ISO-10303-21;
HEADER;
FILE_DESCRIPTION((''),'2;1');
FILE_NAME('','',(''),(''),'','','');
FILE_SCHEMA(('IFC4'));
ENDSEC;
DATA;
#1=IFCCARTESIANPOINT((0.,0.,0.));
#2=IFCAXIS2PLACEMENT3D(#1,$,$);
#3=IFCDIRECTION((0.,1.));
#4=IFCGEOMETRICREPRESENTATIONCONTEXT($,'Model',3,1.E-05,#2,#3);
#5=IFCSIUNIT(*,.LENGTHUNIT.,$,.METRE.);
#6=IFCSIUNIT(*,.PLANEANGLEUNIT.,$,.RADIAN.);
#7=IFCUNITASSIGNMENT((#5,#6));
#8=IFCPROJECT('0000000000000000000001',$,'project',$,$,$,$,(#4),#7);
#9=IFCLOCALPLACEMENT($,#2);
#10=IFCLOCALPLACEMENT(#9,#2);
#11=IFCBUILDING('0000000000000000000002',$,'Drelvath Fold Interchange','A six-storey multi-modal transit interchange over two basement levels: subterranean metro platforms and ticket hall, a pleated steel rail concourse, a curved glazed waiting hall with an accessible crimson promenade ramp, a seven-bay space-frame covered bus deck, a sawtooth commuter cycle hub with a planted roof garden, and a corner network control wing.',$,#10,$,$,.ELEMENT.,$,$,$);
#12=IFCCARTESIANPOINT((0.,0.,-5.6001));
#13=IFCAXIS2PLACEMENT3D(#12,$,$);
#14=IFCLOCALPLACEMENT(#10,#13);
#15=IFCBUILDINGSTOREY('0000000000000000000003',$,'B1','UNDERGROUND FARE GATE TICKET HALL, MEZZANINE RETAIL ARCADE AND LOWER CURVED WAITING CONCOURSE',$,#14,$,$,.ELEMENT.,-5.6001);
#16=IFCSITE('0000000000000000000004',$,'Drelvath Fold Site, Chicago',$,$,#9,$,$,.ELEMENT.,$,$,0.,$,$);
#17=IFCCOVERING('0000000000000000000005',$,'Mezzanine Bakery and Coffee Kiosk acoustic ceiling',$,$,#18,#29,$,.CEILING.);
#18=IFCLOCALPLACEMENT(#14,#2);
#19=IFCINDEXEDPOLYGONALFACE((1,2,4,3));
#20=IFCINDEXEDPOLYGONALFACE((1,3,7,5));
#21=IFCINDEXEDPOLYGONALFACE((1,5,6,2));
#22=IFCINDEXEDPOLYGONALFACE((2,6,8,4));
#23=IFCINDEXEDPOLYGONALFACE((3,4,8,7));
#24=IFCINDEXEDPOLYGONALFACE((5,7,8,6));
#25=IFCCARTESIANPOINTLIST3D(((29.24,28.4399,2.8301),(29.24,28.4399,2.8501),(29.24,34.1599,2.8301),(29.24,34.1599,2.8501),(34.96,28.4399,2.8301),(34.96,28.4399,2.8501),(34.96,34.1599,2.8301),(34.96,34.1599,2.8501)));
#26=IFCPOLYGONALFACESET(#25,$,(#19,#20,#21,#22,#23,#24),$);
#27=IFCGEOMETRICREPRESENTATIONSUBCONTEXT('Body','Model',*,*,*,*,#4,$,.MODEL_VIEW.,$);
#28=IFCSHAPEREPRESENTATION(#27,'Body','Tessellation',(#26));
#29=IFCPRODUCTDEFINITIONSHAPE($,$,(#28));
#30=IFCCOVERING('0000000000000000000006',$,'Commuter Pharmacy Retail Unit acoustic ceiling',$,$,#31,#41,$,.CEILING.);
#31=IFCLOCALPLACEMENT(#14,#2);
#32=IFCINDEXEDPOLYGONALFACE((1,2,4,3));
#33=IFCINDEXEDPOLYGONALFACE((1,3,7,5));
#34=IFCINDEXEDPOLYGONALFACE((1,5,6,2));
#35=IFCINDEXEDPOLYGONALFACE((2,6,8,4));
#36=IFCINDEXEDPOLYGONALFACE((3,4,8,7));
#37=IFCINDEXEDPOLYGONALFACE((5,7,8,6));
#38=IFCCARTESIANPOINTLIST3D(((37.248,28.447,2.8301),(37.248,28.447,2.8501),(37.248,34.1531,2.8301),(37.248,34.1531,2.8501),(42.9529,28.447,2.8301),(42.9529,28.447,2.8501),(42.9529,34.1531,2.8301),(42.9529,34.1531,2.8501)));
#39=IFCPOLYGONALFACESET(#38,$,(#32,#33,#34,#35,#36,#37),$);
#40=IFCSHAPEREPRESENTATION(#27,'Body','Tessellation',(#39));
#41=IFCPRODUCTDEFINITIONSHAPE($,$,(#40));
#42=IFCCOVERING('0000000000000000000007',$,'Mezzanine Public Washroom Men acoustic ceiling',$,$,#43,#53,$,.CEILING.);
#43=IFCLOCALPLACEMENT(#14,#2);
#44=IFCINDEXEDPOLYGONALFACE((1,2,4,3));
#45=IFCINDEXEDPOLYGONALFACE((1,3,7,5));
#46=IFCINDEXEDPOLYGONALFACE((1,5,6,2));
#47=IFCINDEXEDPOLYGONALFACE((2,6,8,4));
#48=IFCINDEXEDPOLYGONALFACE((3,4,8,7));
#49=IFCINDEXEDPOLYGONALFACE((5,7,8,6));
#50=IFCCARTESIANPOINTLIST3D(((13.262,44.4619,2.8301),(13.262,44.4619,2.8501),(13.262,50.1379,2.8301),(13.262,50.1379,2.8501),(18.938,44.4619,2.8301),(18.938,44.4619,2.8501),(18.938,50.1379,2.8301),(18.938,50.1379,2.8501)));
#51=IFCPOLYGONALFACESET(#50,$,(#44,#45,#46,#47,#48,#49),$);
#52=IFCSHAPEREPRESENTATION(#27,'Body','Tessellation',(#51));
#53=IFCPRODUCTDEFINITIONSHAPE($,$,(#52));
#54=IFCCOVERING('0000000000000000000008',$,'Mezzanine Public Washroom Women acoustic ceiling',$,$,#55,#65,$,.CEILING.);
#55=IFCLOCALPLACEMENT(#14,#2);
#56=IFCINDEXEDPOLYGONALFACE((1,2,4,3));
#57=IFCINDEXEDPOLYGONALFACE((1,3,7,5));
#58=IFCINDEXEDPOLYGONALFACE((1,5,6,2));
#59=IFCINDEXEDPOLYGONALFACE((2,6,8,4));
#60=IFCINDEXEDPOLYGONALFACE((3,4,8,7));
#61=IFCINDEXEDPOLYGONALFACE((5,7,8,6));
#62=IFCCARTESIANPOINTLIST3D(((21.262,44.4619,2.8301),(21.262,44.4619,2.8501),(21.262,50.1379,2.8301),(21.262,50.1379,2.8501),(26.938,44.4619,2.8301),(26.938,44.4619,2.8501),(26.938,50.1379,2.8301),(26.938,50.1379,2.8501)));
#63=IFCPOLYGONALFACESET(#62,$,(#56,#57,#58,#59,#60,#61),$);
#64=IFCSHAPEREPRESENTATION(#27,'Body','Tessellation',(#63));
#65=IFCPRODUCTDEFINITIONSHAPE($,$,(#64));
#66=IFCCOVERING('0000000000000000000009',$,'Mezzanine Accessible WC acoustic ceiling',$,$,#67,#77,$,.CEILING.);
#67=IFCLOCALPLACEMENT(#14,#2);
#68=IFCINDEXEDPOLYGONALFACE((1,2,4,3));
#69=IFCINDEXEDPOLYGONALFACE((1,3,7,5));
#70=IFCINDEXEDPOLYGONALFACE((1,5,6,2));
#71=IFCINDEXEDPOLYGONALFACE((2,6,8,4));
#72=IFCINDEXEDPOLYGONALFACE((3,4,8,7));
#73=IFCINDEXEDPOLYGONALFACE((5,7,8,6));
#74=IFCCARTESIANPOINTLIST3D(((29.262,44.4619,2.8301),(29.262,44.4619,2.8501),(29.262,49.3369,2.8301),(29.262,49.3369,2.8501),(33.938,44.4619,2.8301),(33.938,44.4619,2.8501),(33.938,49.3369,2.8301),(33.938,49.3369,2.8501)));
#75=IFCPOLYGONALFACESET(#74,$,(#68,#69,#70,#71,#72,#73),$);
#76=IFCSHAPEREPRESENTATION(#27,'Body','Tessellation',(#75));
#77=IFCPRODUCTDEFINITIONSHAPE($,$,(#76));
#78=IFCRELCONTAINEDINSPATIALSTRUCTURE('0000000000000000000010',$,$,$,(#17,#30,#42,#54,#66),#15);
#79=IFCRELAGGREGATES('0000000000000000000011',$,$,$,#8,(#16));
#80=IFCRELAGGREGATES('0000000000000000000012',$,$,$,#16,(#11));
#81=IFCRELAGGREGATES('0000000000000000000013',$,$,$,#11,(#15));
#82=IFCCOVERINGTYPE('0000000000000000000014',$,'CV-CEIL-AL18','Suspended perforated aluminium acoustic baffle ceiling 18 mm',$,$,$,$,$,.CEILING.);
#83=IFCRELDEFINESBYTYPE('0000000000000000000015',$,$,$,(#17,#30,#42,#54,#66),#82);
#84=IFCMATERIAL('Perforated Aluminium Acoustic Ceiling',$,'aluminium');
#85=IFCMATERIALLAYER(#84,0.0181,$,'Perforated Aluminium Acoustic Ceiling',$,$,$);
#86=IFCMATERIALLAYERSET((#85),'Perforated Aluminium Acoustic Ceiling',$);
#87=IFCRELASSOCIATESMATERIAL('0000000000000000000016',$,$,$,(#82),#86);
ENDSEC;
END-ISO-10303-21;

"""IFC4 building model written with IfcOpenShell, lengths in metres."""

from ifc_helpers import new_model, si_unit, direction, frame, origin, place, context, subcontext, project, spatial, polyline, outline, extrude, material, layer, layer_set, type_object, element, save


model = new_model("IFC4")

# Units and contexts
model_context = context("Model", 3, precision=1e-05, world=origin(), true_north=direction((0.0, 1.0)))
body_context = subcontext(model_context, "Body", "Model", "MODEL_VIEW")
ifc_project = project(units=[si_unit("LENGTHUNIT", "METRE"), si_unit("PLANEANGLEUNIT", "RADIAN")], contexts=[model_context])

# Site, building, storey
site_placement = place(None, origin())
site = spatial("IfcSite", under=ifc_project, at=site_placement, Name="Drelvath Fold Site, Chicago", CompositionType="ELEMENT", RefElevation=0.0)
building_placement = place(site_placement, origin())
building = spatial("IfcBuilding", under=site, at=building_placement, Name="Drelvath Fold Interchange", Description="A six-storey multi-modal transit interchange over two basement levels: subterranean metro platforms and ticket hall, a pleated steel rail concourse, a curved glazed waiting hall with an accessible crimson promenade ramp, a seven-bay space-frame covered bus deck, a sawtooth commuter cycle hub with a planted roof garden, and a corner network control wing.", CompositionType="ELEMENT")
storey_placement = place(building_placement, frame((0.0, 0.0, -5.6001)))
storey = spatial("IfcBuildingStorey", under=building, at=storey_placement, Name="B1", Description="UNDERGROUND FARE GATE TICKET HALL, MEZZANINE RETAIL ARCADE AND LOWER CURVED WAITING CONCOURSE", CompositionType="ELEMENT", Elevation=-5.6001)

# Coverings
ifc_material_1 = material(Name="Perforated Aluminium Acoustic Ceiling", Category="aluminium")
ifc_layer_1 = layer(ifc_material_1, 0.0181, Name="Perforated Aluminium Acoustic Ceiling")
ifc_layer_set_1 = layer_set([ifc_layer_1], Name="Perforated Aluminium Acoustic Ceiling")
covering_type = type_object("IfcCoveringType", Name="CV-CEIL-AL18", Description="Suspended perforated aluminium acoustic baffle ceiling 18 mm", PredefinedType="CEILING", material=ifc_layer_set_1)
covering_1_placement = place(storey_placement, frame((0.0, 0.0, 2.8301)))
element("IfcCovering", 1, at=covering_1_placement, inside=storey, type_object=covering_type, Name="Mezzanine Bakery and Coffee Kiosk acoustic ceiling", PredefinedType="CEILING", context=body_context, shape_type="SweptSolid", body=[
    extrude(outline(polyline([(29.24, 28.4399), (34.96, 28.4399), (34.96, 34.1599), (29.24, 34.1599), (29.24, 28.4399)])), origin(), (0.0, 0.0, 1.0), 0.02),
])
covering_2_placement = place(storey_placement, frame((0.0, 0.0, 2.8301)))
element("IfcCovering", 2, at=covering_2_placement, inside=storey, type_object=covering_type, Name="Commuter Pharmacy Retail Unit acoustic ceiling", PredefinedType="CEILING", context=body_context, shape_type="SweptSolid", body=[
    extrude(outline(polyline([(37.248, 28.447), (42.9529, 28.447), (42.9529, 34.1531), (37.248, 34.1531), (37.248, 28.447)])), origin(), (0.0, 0.0, 1.0), 0.02),
])
covering_3_placement = place(storey_placement, frame((0.0, 0.0, 2.8301)))
element("IfcCovering", 3, at=covering_3_placement, inside=storey, type_object=covering_type, Name="Mezzanine Public Washroom Men acoustic ceiling", PredefinedType="CEILING", context=body_context, shape_type="SweptSolid", body=[
    extrude(outline(polyline([(13.262, 44.4619), (18.938, 44.4619), (18.938, 50.1379), (13.262, 50.1379), (13.262, 44.4619)])), origin(), (0.0, 0.0, 1.0), 0.02),
])
covering_4_placement = place(storey_placement, frame((0.0, 0.0, 2.8301)))
element("IfcCovering", 4, at=covering_4_placement, inside=storey, type_object=covering_type, Name="Mezzanine Public Washroom Women acoustic ceiling", PredefinedType="CEILING", context=body_context, shape_type="SweptSolid", body=[
    extrude(outline(polyline([(21.262, 44.4619), (26.938, 44.4619), (26.938, 50.1379), (21.262, 50.1379), (21.262, 44.4619)])), origin(), (0.0, 0.0, 1.0), 0.02),
])
covering_5_placement = place(storey_placement, frame((0.0, 0.0, 2.8301)))
element("IfcCovering", 5, at=covering_5_placement, inside=storey, type_object=covering_type, Name="Mezzanine Accessible WC acoustic ceiling", PredefinedType="CEILING", context=body_context, shape_type="SweptSolid", body=[
    extrude(outline(polyline([(29.262, 44.4619), (33.938, 44.4619), (33.938, 49.3369), (29.262, 49.3369), (29.262, 44.4619)])), origin(), (0.0, 0.0, 1.0), 0.02),
])

save(model, "model.ifc")
